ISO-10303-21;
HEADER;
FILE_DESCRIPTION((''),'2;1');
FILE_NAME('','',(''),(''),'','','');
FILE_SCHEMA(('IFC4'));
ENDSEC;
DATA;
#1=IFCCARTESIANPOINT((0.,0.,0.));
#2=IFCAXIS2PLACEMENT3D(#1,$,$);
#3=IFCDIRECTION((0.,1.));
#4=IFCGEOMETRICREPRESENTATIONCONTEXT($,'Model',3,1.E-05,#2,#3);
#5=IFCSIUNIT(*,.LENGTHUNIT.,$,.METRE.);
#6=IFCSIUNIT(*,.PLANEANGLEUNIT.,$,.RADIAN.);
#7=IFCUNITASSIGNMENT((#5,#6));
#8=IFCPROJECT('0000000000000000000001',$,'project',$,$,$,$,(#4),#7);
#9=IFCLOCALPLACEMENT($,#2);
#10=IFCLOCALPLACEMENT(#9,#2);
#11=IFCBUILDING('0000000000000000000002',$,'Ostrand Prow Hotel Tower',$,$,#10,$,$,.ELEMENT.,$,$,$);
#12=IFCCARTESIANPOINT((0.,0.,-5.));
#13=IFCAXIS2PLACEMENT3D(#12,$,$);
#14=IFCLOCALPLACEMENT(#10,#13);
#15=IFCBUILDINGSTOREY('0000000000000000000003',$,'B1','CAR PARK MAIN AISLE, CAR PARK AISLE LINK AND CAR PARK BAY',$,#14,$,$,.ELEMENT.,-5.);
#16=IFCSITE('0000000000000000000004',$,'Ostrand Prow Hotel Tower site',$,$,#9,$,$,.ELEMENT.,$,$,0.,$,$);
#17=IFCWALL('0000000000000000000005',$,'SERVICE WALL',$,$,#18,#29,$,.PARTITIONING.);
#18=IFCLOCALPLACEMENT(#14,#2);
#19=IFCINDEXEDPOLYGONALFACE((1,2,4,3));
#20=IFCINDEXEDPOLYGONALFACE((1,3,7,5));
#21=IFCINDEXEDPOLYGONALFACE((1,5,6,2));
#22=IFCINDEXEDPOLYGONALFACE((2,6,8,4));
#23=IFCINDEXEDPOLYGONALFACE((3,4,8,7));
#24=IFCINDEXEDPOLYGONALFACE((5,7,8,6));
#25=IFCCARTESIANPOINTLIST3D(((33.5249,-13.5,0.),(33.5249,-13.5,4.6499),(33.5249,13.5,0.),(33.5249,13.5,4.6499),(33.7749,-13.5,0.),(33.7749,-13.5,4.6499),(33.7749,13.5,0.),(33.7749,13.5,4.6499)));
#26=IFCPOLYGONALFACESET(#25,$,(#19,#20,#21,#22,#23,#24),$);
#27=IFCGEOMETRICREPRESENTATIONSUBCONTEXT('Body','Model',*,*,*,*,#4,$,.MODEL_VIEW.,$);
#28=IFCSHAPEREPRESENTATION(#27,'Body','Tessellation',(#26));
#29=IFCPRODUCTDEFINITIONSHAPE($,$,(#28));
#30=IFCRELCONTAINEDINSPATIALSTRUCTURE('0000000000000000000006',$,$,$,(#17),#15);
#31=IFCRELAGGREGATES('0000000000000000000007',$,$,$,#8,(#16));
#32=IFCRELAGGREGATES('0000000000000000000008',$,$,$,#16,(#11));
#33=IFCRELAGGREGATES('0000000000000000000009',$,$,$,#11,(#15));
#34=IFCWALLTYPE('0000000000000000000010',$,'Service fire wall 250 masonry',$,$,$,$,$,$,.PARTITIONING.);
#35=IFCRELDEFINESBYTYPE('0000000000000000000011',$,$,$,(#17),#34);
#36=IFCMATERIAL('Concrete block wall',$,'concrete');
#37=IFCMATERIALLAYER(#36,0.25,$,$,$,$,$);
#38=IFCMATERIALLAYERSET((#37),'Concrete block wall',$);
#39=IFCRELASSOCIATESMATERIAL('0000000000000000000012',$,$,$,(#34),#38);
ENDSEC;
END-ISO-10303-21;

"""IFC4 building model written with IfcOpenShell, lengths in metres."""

from ifc_helpers import new_model, si_unit, direction, frame, frame_2d, origin, place, context, subcontext, project, spatial, rectangle, extrude, material, layer, layer_set, type_object, element, save


model = new_model("IFC4")

# Units and contexts
model_context = context("Model", 3, precision=1e-05, world=origin(), true_north=direction((0.0, 1.0)))
body_context = subcontext(model_context, "Body", "Model", "MODEL_VIEW")
ifc_project = project(units=[si_unit("LENGTHUNIT", "METRE"), si_unit("PLANEANGLEUNIT", "RADIAN")], contexts=[model_context])

# Site, building, storey
site_placement = place(None, origin())
site = spatial("IfcSite", under=ifc_project, at=site_placement, Name="Ostrand Prow Hotel Tower site", CompositionType="ELEMENT", RefElevation=0.0)
building_placement = place(site_placement, origin())
building = spatial("IfcBuilding", under=site, at=building_placement, Name="Ostrand Prow Hotel Tower", CompositionType="ELEMENT")
storey_placement = place(building_placement, frame((0.0, 0.0, -5.0)))
storey = spatial("IfcBuildingStorey", under=building, at=storey_placement, Name="B1", Description="CAR PARK MAIN AISLE, CAR PARK AISLE LINK AND CAR PARK BAY", CompositionType="ELEMENT", Elevation=-5.0)

# Shared definitions
ifc_material_1 = material(Name="Concrete block wall", Category="concrete")
ifc_layer_1 = layer(ifc_material_1, 0.25)
ifc_layer_set_1 = layer_set([ifc_layer_1], Name="Concrete block wall")
wall_type_1 = type_object("IfcWallType", Name="Service fire wall 250 masonry", PredefinedType="PARTITIONING", material=ifc_layer_set_1)

# Wall
wall_1_placement = place(storey_placement, frame((33.6499, -13.5, 0.0), z_axis=(0.0, 0.0, 1.0), x_axis=(0.0, 1.0, 0.0)))
element("IfcWall", 1, at=wall_1_placement, inside=storey, type_object=wall_type_1, Name="SERVICE WALL", PredefinedType="PARTITIONING", context=body_context, shape_type="SweptSolid", body=[
    extrude(rectangle(XDim=27.0, YDim=0.25, at=frame_2d((13.5, 0.0))), origin(), (0.0, 0.0, 1.0), 4.6499),
])

save(model, "model.ifc")
